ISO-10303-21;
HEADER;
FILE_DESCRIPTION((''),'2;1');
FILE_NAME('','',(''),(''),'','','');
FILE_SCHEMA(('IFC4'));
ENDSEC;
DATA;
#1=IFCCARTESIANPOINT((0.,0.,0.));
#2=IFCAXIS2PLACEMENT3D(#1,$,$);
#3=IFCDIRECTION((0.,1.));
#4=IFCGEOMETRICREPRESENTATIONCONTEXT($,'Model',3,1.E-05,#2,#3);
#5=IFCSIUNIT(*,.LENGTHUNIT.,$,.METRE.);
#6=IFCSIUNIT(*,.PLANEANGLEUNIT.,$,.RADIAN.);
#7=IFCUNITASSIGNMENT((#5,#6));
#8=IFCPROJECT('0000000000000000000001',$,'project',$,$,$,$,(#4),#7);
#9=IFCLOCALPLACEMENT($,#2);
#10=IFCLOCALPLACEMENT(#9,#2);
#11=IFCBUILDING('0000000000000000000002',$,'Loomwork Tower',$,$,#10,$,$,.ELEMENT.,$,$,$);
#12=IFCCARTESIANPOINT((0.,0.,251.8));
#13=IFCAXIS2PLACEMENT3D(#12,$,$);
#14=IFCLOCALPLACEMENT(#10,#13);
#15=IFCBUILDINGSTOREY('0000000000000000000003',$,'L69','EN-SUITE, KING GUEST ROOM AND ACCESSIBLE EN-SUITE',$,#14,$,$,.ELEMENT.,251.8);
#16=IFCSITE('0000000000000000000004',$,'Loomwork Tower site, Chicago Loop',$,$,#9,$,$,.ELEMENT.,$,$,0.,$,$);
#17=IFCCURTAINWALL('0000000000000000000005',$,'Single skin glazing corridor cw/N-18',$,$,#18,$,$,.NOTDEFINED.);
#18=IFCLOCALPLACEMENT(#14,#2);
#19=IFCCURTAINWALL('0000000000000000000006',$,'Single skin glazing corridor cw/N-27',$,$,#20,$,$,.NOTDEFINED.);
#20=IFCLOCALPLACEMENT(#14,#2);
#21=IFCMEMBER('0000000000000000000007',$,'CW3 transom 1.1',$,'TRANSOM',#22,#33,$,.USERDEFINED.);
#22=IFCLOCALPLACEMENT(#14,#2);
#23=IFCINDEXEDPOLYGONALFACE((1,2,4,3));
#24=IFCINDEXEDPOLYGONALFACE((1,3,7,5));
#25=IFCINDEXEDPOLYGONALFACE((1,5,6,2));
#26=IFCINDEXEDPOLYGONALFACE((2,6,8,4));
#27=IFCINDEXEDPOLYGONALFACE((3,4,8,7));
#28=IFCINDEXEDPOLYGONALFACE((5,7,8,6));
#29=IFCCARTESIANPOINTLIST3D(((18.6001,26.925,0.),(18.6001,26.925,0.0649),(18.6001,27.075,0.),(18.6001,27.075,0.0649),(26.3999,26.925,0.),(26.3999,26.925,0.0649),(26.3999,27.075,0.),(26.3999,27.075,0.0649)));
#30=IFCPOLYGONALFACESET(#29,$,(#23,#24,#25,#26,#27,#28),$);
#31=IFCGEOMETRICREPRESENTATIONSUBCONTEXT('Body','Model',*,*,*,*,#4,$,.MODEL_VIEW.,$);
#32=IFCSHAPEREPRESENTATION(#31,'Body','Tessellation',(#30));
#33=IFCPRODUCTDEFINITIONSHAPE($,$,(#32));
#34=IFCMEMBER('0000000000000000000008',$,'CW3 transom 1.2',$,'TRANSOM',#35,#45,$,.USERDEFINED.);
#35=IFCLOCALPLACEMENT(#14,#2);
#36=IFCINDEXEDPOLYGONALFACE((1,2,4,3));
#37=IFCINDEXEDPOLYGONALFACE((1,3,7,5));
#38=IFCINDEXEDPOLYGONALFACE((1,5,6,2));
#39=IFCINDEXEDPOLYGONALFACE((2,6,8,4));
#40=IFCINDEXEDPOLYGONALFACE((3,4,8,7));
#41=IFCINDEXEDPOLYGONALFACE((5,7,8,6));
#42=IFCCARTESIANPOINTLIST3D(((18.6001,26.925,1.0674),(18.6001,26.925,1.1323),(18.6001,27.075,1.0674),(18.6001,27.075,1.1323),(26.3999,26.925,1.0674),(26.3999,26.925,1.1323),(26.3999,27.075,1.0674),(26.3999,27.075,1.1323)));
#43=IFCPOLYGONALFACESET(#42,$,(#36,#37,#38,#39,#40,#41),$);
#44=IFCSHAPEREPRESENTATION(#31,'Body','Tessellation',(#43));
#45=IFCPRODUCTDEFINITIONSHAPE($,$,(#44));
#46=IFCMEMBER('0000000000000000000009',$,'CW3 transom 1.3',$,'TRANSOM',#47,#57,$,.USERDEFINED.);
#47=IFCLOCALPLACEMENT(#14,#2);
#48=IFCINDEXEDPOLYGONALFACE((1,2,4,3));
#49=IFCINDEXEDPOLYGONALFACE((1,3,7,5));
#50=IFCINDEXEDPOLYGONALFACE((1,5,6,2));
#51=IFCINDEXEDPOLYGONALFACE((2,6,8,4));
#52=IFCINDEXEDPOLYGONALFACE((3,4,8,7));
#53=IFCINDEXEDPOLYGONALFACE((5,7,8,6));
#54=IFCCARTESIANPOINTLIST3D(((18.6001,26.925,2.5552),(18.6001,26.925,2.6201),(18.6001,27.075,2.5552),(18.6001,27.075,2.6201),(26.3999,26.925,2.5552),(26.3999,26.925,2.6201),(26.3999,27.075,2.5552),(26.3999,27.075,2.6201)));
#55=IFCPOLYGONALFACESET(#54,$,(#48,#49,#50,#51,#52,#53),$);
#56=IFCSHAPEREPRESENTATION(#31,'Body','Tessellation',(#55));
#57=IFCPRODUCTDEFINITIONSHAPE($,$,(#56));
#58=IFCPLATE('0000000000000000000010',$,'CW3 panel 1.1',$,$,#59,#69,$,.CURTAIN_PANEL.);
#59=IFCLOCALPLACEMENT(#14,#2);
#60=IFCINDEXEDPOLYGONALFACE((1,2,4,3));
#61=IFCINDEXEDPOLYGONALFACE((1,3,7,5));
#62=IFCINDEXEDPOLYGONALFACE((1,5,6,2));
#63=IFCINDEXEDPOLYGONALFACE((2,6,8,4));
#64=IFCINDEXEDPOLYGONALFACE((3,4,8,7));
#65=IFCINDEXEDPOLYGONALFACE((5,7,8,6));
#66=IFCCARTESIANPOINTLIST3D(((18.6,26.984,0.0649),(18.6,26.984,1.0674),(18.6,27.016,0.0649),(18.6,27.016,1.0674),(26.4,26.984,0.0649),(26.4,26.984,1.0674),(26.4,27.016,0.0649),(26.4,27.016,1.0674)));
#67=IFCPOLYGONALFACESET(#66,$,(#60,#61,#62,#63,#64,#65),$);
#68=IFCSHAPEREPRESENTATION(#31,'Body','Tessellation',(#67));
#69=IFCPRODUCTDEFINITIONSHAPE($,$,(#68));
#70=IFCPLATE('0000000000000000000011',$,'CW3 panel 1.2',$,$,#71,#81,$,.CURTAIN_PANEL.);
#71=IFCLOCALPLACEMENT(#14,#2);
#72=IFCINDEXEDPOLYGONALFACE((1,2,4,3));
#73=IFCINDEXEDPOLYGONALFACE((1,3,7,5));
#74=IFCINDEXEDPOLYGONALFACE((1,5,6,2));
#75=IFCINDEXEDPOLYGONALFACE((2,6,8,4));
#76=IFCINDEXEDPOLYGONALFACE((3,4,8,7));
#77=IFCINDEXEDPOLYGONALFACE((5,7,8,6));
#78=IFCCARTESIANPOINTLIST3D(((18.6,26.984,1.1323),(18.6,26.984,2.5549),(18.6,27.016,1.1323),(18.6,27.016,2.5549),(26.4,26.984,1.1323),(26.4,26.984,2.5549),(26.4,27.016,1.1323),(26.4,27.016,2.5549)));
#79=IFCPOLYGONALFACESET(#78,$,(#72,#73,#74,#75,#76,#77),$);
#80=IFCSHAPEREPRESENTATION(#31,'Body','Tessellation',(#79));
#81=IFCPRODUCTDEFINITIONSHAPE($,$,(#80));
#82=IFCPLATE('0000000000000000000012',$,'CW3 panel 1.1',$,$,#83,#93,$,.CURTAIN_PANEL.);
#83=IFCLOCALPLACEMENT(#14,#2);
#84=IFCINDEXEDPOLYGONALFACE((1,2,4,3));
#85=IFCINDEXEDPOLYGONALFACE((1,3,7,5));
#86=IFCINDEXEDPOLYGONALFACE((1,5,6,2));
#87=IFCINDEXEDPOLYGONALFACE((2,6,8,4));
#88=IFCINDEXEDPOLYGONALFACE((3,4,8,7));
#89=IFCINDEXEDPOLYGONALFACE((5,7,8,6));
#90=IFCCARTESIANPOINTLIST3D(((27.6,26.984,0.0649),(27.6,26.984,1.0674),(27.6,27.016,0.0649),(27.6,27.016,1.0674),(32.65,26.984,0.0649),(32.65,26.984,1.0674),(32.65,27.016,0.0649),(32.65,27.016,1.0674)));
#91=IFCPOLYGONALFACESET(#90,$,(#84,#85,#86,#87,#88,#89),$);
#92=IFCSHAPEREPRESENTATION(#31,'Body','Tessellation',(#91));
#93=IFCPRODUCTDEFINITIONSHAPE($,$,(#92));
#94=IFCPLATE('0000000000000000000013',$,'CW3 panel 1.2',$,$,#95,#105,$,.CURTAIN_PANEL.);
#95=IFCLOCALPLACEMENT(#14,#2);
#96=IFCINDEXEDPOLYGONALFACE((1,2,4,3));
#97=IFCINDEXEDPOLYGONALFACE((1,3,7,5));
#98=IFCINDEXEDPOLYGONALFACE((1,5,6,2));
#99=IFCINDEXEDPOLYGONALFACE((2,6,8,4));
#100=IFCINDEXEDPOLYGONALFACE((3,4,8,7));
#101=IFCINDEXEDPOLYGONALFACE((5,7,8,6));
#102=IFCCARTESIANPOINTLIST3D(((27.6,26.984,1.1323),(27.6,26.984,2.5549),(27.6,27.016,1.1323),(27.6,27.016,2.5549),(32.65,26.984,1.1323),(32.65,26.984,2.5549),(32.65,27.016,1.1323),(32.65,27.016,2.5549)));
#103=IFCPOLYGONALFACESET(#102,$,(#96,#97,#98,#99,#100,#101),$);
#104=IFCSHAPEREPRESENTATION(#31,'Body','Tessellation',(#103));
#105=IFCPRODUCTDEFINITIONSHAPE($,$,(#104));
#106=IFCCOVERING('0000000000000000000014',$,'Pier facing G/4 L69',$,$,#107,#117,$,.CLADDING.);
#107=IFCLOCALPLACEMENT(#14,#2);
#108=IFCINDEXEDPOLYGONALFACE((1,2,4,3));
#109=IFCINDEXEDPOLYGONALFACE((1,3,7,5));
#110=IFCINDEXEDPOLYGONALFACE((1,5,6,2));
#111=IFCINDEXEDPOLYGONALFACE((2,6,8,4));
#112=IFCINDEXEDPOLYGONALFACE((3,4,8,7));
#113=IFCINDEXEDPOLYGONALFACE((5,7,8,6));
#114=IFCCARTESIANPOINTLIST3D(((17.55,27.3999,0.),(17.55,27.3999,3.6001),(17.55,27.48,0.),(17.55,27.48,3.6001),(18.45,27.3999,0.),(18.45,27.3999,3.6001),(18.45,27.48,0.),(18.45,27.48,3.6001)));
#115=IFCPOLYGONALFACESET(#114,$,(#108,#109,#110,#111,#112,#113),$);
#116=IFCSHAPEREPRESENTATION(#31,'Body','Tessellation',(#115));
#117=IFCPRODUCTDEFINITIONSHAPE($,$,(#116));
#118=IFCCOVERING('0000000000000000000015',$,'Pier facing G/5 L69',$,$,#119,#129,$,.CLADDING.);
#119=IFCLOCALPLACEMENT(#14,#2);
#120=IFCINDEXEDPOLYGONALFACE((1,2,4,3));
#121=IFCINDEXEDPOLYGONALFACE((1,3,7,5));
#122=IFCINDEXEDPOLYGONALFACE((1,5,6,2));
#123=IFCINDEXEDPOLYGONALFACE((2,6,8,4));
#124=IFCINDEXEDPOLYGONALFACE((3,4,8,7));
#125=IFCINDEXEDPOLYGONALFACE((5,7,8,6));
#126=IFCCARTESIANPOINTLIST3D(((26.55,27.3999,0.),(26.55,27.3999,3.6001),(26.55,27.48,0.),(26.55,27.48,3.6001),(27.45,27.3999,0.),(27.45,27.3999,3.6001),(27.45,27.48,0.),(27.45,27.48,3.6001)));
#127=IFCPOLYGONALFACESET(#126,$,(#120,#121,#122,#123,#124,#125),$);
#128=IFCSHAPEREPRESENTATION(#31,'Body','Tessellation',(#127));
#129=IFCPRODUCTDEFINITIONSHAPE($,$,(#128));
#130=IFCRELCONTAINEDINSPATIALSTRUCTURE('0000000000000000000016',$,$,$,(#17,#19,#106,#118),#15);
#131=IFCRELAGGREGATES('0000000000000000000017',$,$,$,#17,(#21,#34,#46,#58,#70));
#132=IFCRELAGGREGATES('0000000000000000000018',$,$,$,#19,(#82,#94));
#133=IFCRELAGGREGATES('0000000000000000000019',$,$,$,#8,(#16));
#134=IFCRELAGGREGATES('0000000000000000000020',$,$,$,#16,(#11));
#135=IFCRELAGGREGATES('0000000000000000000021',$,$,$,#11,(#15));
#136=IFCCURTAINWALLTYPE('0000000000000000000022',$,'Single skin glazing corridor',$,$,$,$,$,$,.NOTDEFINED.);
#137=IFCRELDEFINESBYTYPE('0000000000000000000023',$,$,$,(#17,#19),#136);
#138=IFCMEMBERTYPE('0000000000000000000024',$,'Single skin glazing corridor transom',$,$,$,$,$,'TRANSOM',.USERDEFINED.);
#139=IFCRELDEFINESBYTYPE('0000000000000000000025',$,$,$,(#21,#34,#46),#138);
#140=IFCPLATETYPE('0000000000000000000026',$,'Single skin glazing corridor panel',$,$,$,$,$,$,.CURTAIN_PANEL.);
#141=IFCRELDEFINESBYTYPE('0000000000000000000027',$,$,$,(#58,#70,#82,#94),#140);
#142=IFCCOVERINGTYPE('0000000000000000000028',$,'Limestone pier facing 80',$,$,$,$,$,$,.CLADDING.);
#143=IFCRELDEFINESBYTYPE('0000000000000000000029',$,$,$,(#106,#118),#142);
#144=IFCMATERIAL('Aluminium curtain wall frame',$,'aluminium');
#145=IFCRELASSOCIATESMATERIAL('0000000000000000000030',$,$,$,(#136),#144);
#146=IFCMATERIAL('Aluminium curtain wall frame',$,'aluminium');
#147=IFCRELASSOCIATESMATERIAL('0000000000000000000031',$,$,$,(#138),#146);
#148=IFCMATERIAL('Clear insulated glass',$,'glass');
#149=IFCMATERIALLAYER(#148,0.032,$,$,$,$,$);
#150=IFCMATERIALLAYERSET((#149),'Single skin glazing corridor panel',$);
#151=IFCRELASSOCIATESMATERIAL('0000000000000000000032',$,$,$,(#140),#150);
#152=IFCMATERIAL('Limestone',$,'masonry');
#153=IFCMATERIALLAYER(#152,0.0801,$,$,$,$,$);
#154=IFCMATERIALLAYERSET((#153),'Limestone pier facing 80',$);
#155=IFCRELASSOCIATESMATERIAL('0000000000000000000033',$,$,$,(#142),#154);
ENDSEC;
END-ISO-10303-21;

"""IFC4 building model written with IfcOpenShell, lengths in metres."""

from ifc_helpers import new_model, si_unit, direction, frame, origin, origin_2d, place, context, subcontext, project, spatial, rectangle, extrude, material, layer, layer_set, material_profile, profile_set, type_object, element, aggregate, save


model = new_model("IFC4")

# Units and contexts
model_context = context("Model", 3, precision=1e-05, world=origin(), true_north=direction((0.0, 1.0)))
body_context = subcontext(model_context, "Body", "Model", "MODEL_VIEW")
ifc_project = project(units=[si_unit("LENGTHUNIT", "METRE"), si_unit("PLANEANGLEUNIT", "RADIAN")], contexts=[model_context])

# Site, building, storey
site_placement = place(None, origin())
site = spatial("IfcSite", under=ifc_project, at=site_placement, Name="Loomwork Tower site, Chicago Loop", CompositionType="ELEMENT", RefElevation=0.0)
building_placement = place(site_placement, origin())
building = spatial("IfcBuilding", under=site, at=building_placement, Name="Loomwork Tower", CompositionType="ELEMENT")
storey_placement = place(building_placement, frame((0.0, 0.0, 251.8)))
storey = spatial("IfcBuildingStorey", under=building, at=storey_placement, Name="L69", Description="EN-SUITE, KING GUEST ROOM AND ACCESSIBLE EN-SUITE", CompositionType="ELEMENT", Elevation=251.8)

# Shared definitions
ifc_material_1 = material(Name="Aluminium curtain wall frame", Category="aluminium")
curtain_wall_type = type_object("IfcCurtainWallType", Name="Single skin glazing corridor", PredefinedType="NOTDEFINED", material=ifc_material_1)

# Curtain wall
curtain_wall_1_placement = place(storey_placement, origin())
curtain_wall_1 = element("IfcCurtainWall", 1, at=curtain_wall_1_placement, inside=storey, type_object=curtain_wall_type, Name="Single skin glazing corridor cw/N-18", PredefinedType="NOTDEFINED")

# Curtain wall
curtain_wall_2_placement = place(storey_placement, origin())
curtain_wall_2 = element("IfcCurtainWall", 2, at=curtain_wall_2_placement, inside=storey, type_object=curtain_wall_type, Name="Single skin glazing corridor cw/N-27", PredefinedType="NOTDEFINED")

# Members
ifc_material_2 = material(Name="Aluminium curtain wall frame", Category="aluminium")
ifc_material_profile_1 = material_profile(ifc_material_2, rectangle(XDim=0.1499, YDim=0.0649, at=origin_2d()), Name="AL 65x150")
ifc_profile_set_1 = profile_set([ifc_material_profile_1], Name="Aluminium curtain wall frame")
member_type_1 = type_object("IfcMemberType", Name="Single skin glazing corridor transom", ElementType="TRANSOM", PredefinedType="USERDEFINED", material=ifc_profile_set_1)
member_1_placement = place(storey_placement, frame((26.3999, 27.0, 0.0325), z_axis=(-1.0, 0.0, 0.0), x_axis=(0.0, -1.0, 0.0)))
member_1 = element("IfcMember", 3, at=member_1_placement, type_object=member_type_1, Name="CW3 transom 1.1", ObjectType="TRANSOM", PredefinedType="USERDEFINED", context=body_context, shape_type="SweptSolid", body=[
    extrude(rectangle(XDim=0.1499, YDim=0.0649, at=origin_2d()), origin(), (0.0, 0.0, 1.0), 7.7998),
])
member_2_placement = place(storey_placement, frame((26.3999, 27.0, 1.0999), z_axis=(-1.0, 0.0, 0.0), x_axis=(0.0, -1.0, 0.0)))
member_2 = element("IfcMember", 4, at=member_2_placement, type_object=member_type_1, Name="CW3 transom 1.2", ObjectType="TRANSOM", PredefinedType="USERDEFINED", context=body_context, shape_type="SweptSolid", body=[
    extrude(rectangle(XDim=0.1499, YDim=0.0649, at=origin_2d()), origin(), (0.0, 0.0, 1.0), 7.7998),
])
member_3_placement = place(storey_placement, frame((26.3999, 27.0, 2.5876), z_axis=(-1.0, 0.0, 0.0), x_axis=(0.0, -1.0, 0.0)))
member_3 = element("IfcMember", 5, at=member_3_placement, type_object=member_type_1, Name="CW3 transom 1.3", ObjectType="TRANSOM", PredefinedType="USERDEFINED", context=body_context, shape_type="SweptSolid", body=[
    extrude(rectangle(XDim=0.1499, YDim=0.0649, at=origin_2d()), origin(), (0.0, 0.0, 1.0), 7.7998),
])

# Plates
ifc_material_3 = material(Name="Clear insulated glass", Category="glass")
ifc_layer_1 = layer(ifc_material_3, 0.032)
ifc_layer_set_1 = layer_set([ifc_layer_1], Name="Single skin glazing corridor panel")
plate_type = type_object("IfcPlateType", Name="Single skin glazing corridor panel", PredefinedType="CURTAIN_PANEL", material=ifc_layer_set_1)
plate_1_placement = place(storey_placement, frame((22.5, 27.0, 0.0649), z_axis=(0.0, 0.0, 1.0), x_axis=(-1.0, 0.0, 0.0)))
plate_1 = element("IfcPlate", 6, at=plate_1_placement, type_object=plate_type, Name="CW3 panel 1.1", PredefinedType="CURTAIN_PANEL", context=body_context, shape_type="SweptSolid", body=[
    extrude(rectangle(XDim=7.8, YDim=0.032, at=origin_2d()), origin(), (0.0, 0.0, 1.0), 1.0024),
])
plate_2_placement = place(storey_placement, frame((22.5, 27.0, 1.1323), z_axis=(0.0, 0.0, 1.0), x_axis=(-1.0, 0.0, 0.0)))
plate_2 = element("IfcPlate", 7, at=plate_2_placement, type_object=plate_type, Name="CW3 panel 1.2", PredefinedType="CURTAIN_PANEL", context=body_context, shape_type="SweptSolid", body=[
    extrude(rectangle(XDim=7.8, YDim=0.032, at=origin_2d()), origin(), (0.0, 0.0, 1.0), 1.4226),
])
aggregate(curtain_wall_1, [member_1, member_2, member_3, plate_1, plate_2])
plate_3_placement = place(storey_placement, frame((30.125, 27.0, 0.0649), z_axis=(0.0, 0.0, 1.0), x_axis=(-1.0, 0.0, 0.0)))
plate_3 = element("IfcPlate", 8, at=plate_3_placement, type_object=plate_type, Name="CW3 panel 1.1", PredefinedType="CURTAIN_PANEL", context=body_context, shape_type="SweptSolid", body=[
    extrude(rectangle(XDim=5.05, YDim=0.032, at=origin_2d()), origin(), (0.0, 0.0, 1.0), 1.0024),
])
plate_4_placement = place(storey_placement, frame((30.125, 27.0, 1.1323), z_axis=(0.0, 0.0, 1.0), x_axis=(-1.0, 0.0, 0.0)))
plate_4 = element("IfcPlate", 9, at=plate_4_placement, type_object=plate_type, Name="CW3 panel 1.2", PredefinedType="CURTAIN_PANEL", context=body_context, shape_type="SweptSolid", body=[
    extrude(rectangle(XDim=5.05, YDim=0.032, at=origin_2d()), origin(), (0.0, 0.0, 1.0), 1.4226),
])
aggregate(curtain_wall_2, [plate_3, plate_4])

# Coverings
ifc_material_4 = material(Name="Limestone", Category="masonry")
ifc_layer_2 = layer(ifc_material_4, 0.0801)
ifc_layer_set_2 = layer_set([ifc_layer_2], Name="Limestone pier facing 80")
covering_type = type_object("IfcCoveringType", Name="Limestone pier facing 80", PredefinedType="CLADDING", material=ifc_layer_set_2)
for number, where, z_axis, x_axis, name in (
    (10, (18.0, 27.4399, 0.0), (0.0, 0.0, 1.0), (1.0, 0.0, 0.0), "Pier facing G/4 L69"),
    (11, (27.0, 27.4399, 0.0), (0.0, 0.0, 1.0), (1.0, 0.0, 0.0), "Pier facing G/5 L69"),
):
    element("IfcCovering", number, at=place(storey_placement, frame(where, z_axis=z_axis, x_axis=x_axis)), inside=storey, type_object=covering_type, Name=name, PredefinedType="CLADDING", context=body_context, shape_type="SweptSolid", body=[
        extrude(rectangle(XDim=0.8999, YDim=0.0801, at=origin_2d()), origin(), (0.0, 0.0, 1.0), 3.6001),
    ])

save(model, "model.ifc")
